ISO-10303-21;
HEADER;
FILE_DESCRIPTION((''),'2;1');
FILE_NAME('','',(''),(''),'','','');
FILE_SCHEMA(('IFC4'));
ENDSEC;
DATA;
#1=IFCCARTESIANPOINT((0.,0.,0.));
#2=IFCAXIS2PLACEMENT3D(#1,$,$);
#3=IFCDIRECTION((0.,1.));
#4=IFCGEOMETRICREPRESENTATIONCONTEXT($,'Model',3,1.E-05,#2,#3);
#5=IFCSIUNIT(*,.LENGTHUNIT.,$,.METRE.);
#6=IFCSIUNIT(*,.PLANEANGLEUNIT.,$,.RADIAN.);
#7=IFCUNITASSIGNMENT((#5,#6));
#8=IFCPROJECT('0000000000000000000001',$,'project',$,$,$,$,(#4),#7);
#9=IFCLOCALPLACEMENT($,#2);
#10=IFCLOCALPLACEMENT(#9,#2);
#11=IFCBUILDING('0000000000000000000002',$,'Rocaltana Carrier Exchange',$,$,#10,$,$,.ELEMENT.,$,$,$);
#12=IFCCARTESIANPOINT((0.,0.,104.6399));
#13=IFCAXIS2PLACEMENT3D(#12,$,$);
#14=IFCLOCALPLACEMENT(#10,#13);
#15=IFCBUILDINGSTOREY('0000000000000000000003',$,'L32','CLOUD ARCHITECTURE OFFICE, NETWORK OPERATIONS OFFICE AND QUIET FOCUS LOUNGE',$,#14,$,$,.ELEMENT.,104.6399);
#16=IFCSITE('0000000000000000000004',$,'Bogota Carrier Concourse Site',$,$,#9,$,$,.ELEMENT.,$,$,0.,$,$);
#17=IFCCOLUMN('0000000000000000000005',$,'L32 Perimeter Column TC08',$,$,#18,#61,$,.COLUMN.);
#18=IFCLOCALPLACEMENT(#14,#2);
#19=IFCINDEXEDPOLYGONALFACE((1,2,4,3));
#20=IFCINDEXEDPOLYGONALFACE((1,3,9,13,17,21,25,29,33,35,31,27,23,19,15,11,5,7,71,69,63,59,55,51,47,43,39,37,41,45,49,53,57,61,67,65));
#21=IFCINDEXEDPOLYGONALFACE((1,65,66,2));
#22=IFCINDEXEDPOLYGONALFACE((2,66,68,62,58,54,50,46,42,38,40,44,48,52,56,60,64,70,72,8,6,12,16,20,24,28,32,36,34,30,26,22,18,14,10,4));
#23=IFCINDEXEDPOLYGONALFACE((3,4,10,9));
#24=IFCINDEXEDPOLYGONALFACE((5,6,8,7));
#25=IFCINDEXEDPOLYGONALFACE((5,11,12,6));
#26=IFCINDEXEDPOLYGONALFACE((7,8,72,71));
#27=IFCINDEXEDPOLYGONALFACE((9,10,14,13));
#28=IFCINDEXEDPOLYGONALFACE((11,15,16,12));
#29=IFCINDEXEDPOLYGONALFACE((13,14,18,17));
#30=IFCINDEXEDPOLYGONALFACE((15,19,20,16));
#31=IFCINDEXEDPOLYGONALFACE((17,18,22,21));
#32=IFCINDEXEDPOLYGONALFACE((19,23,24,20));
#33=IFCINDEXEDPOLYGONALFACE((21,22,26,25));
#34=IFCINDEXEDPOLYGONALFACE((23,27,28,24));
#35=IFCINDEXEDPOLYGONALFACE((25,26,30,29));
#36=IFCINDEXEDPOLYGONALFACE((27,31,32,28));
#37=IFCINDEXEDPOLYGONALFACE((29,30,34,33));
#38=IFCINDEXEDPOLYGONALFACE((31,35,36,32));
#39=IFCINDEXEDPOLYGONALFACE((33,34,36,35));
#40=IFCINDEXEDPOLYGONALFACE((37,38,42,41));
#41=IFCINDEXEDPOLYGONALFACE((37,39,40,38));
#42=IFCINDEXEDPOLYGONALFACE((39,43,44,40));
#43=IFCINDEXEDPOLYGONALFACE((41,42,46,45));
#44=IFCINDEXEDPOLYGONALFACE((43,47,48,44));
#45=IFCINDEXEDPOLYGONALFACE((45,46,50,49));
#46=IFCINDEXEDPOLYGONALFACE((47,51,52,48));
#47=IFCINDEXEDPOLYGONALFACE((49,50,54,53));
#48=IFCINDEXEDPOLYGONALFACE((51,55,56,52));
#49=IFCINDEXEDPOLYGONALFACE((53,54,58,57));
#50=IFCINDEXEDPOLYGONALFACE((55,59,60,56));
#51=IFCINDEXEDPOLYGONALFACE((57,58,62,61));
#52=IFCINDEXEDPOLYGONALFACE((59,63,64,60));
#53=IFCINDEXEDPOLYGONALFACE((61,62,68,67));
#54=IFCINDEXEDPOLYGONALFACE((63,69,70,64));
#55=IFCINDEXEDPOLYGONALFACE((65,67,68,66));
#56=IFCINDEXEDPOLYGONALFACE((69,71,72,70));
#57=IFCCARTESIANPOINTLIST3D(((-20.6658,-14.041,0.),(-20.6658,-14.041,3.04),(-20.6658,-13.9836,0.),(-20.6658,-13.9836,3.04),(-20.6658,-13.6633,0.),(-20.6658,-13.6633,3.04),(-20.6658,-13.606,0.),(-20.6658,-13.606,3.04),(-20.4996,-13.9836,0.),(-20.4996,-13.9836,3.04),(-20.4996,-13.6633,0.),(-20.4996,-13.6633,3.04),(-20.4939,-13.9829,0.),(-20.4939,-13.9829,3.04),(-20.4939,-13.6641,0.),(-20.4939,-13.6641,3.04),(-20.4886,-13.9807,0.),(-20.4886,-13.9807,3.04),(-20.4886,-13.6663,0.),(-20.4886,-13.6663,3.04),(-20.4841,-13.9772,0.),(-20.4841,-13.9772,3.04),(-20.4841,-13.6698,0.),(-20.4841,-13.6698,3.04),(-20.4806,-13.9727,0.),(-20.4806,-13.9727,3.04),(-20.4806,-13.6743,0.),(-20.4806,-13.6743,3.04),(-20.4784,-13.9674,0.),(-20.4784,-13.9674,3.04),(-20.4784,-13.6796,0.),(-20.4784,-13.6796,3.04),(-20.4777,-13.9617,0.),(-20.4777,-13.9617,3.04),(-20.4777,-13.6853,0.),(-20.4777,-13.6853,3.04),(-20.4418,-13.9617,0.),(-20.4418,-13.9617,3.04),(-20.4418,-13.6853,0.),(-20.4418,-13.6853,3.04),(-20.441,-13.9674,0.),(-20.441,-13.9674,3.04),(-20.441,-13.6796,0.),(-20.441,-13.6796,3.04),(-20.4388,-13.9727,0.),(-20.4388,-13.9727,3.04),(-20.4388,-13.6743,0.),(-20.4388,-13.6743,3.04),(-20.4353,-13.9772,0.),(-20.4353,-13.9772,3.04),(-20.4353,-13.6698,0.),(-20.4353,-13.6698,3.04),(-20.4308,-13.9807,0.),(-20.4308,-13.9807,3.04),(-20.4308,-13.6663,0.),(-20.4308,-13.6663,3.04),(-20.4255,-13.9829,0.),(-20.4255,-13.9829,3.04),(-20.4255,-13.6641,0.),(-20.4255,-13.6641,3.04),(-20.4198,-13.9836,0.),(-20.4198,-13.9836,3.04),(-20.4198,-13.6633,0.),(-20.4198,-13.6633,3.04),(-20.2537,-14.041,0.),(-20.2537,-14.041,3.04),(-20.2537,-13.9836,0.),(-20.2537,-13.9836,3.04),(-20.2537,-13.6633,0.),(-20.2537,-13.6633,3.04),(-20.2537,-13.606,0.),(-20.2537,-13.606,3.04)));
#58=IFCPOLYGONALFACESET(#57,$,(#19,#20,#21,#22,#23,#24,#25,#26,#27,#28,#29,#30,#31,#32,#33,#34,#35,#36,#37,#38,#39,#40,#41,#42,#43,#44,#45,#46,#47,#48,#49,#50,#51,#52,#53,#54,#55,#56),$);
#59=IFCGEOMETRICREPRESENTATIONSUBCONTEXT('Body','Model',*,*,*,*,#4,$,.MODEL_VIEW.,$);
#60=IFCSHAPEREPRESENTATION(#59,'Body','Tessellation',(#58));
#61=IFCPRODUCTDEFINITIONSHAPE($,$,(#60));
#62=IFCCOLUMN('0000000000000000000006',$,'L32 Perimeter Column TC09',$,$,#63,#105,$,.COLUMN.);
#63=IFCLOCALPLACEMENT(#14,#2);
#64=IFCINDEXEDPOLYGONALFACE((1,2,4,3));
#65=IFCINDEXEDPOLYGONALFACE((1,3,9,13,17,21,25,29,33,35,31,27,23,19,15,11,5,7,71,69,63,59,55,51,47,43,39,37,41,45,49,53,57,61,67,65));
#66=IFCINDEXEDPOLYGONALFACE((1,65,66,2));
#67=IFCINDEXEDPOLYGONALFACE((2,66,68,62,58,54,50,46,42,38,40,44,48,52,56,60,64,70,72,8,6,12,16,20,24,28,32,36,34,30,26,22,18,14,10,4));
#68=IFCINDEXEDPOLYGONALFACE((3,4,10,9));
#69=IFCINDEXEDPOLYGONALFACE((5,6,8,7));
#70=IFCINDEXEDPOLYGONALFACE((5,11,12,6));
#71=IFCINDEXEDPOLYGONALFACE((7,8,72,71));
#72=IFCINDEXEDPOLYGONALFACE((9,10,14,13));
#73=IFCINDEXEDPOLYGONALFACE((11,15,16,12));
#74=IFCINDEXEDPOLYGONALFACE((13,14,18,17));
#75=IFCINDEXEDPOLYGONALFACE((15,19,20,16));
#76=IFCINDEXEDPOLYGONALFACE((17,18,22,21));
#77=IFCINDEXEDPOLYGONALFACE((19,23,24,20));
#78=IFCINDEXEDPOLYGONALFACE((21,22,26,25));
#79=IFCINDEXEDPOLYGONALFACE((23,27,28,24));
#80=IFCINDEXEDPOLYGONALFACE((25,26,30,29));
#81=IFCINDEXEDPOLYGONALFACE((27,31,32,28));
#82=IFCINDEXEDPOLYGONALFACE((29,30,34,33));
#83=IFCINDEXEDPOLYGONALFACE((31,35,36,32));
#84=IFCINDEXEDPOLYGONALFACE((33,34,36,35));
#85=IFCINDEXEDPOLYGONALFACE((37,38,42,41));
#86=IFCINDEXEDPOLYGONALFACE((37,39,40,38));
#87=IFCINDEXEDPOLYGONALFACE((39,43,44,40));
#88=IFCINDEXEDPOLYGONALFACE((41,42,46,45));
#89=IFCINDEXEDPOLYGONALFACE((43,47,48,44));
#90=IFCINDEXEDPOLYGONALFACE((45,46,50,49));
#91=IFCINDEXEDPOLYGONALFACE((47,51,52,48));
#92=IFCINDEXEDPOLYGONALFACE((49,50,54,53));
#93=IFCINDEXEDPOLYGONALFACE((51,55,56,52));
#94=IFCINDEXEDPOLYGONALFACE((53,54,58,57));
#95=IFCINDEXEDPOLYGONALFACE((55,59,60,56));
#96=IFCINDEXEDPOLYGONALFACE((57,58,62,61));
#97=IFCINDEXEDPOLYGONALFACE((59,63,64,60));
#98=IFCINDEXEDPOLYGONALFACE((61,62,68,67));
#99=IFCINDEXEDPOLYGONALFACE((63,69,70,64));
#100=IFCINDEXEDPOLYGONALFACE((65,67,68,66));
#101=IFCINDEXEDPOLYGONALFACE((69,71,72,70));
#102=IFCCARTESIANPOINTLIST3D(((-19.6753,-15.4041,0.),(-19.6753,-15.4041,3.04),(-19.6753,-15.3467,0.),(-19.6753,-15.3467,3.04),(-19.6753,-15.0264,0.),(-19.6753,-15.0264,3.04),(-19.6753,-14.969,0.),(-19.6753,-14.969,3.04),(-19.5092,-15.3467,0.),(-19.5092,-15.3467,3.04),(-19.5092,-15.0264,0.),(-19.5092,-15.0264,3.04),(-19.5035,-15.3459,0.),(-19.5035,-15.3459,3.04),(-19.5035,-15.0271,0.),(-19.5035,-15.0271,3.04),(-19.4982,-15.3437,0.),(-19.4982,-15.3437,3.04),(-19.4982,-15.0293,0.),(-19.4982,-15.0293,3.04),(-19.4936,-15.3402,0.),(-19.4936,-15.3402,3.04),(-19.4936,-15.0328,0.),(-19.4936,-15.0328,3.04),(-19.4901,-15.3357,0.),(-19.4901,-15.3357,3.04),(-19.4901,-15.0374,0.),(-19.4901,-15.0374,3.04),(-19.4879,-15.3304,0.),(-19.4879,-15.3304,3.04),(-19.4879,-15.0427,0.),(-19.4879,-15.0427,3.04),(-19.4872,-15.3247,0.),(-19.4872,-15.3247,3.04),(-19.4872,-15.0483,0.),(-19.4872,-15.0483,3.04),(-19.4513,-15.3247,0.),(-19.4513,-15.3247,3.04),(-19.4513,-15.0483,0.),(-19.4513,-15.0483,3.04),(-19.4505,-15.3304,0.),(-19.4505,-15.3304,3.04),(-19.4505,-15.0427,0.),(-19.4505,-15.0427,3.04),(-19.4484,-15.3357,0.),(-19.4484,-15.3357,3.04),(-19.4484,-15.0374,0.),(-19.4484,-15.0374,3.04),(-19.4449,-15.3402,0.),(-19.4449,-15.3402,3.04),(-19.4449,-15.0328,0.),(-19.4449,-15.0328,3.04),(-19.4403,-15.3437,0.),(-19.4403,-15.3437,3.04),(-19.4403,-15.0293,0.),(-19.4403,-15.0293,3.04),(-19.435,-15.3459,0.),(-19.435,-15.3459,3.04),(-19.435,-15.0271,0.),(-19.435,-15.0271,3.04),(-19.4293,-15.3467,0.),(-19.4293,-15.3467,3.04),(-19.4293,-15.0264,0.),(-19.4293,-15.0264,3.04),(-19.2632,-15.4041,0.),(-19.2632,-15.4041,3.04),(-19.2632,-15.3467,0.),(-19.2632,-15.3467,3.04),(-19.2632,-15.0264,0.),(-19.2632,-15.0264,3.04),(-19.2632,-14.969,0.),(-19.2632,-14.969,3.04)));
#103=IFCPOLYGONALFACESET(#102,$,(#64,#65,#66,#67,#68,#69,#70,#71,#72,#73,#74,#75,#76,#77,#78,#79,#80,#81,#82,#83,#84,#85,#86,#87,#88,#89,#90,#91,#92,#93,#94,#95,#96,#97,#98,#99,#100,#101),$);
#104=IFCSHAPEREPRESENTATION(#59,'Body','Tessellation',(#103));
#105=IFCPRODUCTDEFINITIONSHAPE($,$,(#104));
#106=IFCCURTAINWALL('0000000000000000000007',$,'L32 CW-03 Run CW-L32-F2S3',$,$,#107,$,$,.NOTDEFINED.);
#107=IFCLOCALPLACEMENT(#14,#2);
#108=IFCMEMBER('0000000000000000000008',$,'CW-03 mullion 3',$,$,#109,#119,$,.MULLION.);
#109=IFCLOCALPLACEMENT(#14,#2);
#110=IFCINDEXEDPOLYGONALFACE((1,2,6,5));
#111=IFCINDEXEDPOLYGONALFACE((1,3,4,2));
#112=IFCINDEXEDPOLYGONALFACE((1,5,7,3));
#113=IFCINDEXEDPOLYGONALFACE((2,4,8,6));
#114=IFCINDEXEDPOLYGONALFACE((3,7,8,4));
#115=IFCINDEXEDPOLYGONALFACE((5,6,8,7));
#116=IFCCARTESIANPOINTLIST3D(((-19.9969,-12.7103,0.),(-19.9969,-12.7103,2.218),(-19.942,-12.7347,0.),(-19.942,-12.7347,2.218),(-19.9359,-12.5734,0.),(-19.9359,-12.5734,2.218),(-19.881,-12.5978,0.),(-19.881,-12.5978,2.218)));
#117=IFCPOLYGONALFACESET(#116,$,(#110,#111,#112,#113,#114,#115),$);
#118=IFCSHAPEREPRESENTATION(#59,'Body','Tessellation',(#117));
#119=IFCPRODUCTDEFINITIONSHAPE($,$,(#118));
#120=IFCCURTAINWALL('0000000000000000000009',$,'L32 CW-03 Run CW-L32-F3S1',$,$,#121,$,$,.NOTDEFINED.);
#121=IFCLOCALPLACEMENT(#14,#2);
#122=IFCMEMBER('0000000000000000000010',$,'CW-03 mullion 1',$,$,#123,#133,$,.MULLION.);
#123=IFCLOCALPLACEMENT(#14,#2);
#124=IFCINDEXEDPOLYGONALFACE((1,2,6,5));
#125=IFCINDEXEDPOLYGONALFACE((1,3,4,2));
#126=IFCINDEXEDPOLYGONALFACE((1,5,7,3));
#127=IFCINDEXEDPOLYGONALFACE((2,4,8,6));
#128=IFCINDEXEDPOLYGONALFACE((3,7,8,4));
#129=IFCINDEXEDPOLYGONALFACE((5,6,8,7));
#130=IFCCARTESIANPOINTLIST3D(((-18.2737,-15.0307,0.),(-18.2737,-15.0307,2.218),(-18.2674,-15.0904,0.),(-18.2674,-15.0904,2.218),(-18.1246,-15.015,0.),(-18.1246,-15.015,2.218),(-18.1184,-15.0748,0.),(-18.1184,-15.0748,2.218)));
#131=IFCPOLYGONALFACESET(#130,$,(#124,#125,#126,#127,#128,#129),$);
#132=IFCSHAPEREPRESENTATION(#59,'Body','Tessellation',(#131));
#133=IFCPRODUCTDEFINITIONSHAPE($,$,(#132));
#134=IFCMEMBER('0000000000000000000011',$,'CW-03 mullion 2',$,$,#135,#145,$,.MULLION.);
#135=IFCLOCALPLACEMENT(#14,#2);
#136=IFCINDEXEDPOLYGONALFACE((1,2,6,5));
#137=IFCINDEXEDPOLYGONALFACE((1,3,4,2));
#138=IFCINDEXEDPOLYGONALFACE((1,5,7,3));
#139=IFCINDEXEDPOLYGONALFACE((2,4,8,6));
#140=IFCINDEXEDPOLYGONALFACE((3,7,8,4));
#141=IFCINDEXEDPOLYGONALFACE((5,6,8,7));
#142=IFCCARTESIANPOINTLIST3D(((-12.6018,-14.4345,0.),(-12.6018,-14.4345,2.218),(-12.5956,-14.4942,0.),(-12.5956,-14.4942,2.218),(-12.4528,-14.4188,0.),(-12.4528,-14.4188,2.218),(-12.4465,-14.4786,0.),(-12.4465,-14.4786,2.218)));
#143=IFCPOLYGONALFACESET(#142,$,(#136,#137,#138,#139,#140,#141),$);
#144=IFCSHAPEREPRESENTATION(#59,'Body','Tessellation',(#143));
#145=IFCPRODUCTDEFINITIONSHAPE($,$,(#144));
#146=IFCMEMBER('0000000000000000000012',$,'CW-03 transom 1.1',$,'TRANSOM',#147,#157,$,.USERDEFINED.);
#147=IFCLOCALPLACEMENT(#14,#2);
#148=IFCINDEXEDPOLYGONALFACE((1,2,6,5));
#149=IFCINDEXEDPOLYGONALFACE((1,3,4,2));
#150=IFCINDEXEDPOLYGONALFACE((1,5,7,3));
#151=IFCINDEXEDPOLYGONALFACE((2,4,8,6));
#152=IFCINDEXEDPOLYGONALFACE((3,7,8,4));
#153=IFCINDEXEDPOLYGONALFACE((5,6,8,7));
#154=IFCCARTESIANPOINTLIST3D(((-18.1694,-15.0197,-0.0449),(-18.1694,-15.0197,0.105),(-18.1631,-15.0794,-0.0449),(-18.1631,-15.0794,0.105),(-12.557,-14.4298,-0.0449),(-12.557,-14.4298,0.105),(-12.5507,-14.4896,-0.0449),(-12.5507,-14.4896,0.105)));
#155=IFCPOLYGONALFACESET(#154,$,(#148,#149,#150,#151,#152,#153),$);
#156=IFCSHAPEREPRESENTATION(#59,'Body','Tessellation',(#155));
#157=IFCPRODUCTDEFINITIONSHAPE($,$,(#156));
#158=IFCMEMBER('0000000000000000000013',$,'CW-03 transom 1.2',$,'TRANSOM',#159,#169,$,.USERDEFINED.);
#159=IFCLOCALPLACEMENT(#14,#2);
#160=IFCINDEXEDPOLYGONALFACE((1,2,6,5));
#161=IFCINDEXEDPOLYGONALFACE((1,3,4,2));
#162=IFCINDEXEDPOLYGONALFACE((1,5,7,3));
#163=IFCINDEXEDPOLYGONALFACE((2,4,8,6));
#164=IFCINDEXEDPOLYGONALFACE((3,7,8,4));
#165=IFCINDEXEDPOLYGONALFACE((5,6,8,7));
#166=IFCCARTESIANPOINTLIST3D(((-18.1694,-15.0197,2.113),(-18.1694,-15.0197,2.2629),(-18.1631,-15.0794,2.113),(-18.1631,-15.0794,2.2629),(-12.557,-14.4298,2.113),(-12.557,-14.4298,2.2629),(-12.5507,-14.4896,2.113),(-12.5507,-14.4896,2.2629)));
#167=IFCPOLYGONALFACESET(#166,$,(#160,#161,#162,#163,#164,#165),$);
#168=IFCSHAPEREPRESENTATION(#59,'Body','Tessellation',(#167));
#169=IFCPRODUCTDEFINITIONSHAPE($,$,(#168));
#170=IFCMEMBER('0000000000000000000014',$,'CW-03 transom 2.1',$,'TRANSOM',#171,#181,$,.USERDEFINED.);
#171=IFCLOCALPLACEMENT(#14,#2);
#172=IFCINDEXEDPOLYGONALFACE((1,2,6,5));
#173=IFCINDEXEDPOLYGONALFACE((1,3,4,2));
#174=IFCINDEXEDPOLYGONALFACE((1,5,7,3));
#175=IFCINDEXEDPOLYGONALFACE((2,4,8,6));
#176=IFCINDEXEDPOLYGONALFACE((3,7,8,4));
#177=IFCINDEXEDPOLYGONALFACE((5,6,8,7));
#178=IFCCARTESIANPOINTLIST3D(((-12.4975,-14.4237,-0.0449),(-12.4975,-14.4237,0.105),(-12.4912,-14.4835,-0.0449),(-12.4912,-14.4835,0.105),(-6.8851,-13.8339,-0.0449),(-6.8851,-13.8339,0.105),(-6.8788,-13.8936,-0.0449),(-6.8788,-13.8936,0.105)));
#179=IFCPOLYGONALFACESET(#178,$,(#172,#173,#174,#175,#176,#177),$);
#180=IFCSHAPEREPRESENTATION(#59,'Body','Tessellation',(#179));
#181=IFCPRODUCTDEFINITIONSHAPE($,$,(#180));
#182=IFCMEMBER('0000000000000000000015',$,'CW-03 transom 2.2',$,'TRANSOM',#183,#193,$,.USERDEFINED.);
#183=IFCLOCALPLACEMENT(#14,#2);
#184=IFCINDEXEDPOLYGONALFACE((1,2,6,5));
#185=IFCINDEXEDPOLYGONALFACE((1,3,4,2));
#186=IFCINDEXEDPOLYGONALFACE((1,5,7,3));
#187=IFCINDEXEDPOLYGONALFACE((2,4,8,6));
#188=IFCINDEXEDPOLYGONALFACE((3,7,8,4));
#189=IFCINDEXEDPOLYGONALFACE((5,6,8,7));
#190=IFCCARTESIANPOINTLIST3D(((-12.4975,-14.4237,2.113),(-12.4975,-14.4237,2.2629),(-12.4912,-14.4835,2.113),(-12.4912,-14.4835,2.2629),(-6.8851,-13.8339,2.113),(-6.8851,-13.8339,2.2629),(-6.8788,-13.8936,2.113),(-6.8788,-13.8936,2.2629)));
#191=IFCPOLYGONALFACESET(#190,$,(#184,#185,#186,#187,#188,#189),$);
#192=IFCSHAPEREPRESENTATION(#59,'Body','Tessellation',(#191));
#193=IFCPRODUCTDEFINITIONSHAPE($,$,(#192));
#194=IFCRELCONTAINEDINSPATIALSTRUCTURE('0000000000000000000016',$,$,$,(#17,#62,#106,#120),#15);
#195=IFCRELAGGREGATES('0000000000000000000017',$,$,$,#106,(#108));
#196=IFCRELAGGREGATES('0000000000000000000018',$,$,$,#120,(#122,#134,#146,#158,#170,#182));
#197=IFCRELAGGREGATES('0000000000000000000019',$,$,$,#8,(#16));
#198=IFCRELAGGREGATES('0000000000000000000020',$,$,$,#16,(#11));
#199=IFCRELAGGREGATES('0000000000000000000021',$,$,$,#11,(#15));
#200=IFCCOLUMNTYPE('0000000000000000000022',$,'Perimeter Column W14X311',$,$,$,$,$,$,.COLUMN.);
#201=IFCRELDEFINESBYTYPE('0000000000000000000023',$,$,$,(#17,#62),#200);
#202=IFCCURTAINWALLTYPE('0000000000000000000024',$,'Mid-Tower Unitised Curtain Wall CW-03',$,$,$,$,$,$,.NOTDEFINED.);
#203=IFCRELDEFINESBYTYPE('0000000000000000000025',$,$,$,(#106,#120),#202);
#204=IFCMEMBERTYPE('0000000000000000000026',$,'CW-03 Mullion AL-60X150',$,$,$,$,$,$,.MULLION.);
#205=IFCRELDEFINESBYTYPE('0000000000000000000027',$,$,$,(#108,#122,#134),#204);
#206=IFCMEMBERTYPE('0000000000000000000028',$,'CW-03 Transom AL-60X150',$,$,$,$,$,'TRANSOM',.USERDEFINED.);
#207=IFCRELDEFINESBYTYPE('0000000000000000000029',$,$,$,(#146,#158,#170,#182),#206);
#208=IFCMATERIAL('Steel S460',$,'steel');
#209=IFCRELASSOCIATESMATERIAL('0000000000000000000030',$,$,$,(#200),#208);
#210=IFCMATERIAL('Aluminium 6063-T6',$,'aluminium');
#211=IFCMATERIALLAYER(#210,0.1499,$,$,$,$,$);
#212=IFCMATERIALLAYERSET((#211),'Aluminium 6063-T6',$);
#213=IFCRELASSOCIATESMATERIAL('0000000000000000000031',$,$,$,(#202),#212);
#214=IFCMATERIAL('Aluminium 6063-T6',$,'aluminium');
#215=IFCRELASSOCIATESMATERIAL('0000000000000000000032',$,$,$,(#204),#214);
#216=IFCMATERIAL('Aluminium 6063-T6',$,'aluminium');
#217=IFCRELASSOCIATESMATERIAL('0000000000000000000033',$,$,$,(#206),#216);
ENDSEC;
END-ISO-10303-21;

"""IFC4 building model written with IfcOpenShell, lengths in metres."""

from ifc_helpers import new_model, si_unit, direction, frame, origin, origin_2d, place, context, subcontext, project, spatial, rectangle, i_section, extrude, material, layer, layer_set, material_profile, profile_set, type_object, element, aggregate, save


model = new_model("IFC4")

# Units and contexts
model_context = context("Model", 3, precision=1e-05, world=origin(), true_north=direction((0.0, 1.0)))
body_context = subcontext(model_context, "Body", "Model", "MODEL_VIEW")
ifc_project = project(units=[si_unit("LENGTHUNIT", "METRE"), si_unit("PLANEANGLEUNIT", "RADIAN")], contexts=[model_context])

# Site, building, storey
site_placement = place(None, origin())
site = spatial("IfcSite", under=ifc_project, at=site_placement, Name="Bogota Carrier Concourse Site", CompositionType="ELEMENT", RefElevation=0.0)
building_placement = place(site_placement, origin())
building = spatial("IfcBuilding", under=site, at=building_placement, Name="Rocaltana Carrier Exchange", CompositionType="ELEMENT")
storey_placement = place(building_placement, frame((0.0, 0.0, 104.6399)))
storey = spatial("IfcBuildingStorey", under=building, at=storey_placement, Name="L32", Description="CLOUD ARCHITECTURE OFFICE, NETWORK OPERATIONS OFFICE AND QUIET FOCUS LOUNGE", CompositionType="ELEMENT", Elevation=104.6399)

# Columns
ifc_material_1 = material(Name="Steel S460", Category="steel")
ifc_material_profile_1 = material_profile(ifc_material_1, i_section(OverallWidth=0.4121, OverallDepth=0.4351, WebThickness=0.0359, FlangeThickness=0.0574, FilletRadius=0.022, at=origin_2d()), Name="W14X311")
ifc_profile_set_1 = profile_set([ifc_material_profile_1], Name="Steel S460")
column_type = type_object("IfcColumnType", Name="Perimeter Column W14X311", PredefinedType="COLUMN", material=ifc_profile_set_1)
for number, where, z_axis, x_axis, name in (
    (1, (-20.4597, -13.8235, 0.0), (0.0, 0.0, 1.0), (1.0, 0.0, 0.0), "L32 Perimeter Column TC08"),
    (2, (-19.4692, -15.1865, 0.0), (0.0, 0.0, 1.0), (1.0, 0.0, 0.0), "L32 Perimeter Column TC09"),
):
    element("IfcColumn", number, at=place(storey_placement, frame(where, z_axis=z_axis, x_axis=x_axis)), inside=storey, type_object=column_type, Name=name, PredefinedType="COLUMN", context=body_context, shape_type="SweptSolid", body=[
        extrude(i_section(OverallWidth=0.4121, OverallDepth=0.4351, WebThickness=0.0359, FlangeThickness=0.0574, FilletRadius=0.022, at=origin_2d()), origin(), (0.0, 0.0, 1.0), 3.04),
    ])

# Curtain wall, member
ifc_material_2 = material(Name="Aluminium 6063-T6", Category="aluminium")
ifc_layer_1 = layer(ifc_material_2, 0.1499)
ifc_layer_set_1 = layer_set([ifc_layer_1], Name="Aluminium 6063-T6")
curtain_wall_type = type_object("IfcCurtainWallType", Name="Mid-Tower Unitised Curtain Wall CW-03", PredefinedType="NOTDEFINED", material=ifc_layer_set_1)
curtain_wall_1_placement = place(storey_placement, origin())
curtain_wall_1 = element("IfcCurtainWall", 3, at=curtain_wall_1_placement, inside=storey, type_object=curtain_wall_type, Name="L32 CW-03 Run CW-L32-F2S3", PredefinedType="NOTDEFINED")
ifc_material_3 = material(Name="Aluminium 6063-T6", Category="aluminium")
ifc_material_profile_2 = material_profile(ifc_material_3, rectangle(XDim=0.0601, YDim=0.1499, at=origin_2d()), Name="AL-60X150")
ifc_profile_set_2 = profile_set([ifc_material_profile_2], Name="Aluminium 6063-T6")
member_type_1 = type_object("IfcMemberType", Name="CW-03 Mullion AL-60X150", PredefinedType="MULLION", material=ifc_profile_set_2)
member_1_placement = place(storey_placement, frame((-19.939, -12.6541, 0.0), z_axis=(0.0, 0.0, 1.0), x_axis=(0.913547, -0.406733, 0.0)))
member_1 = element("IfcMember", 4, at=member_1_placement, type_object=member_type_1, Name="CW-03 mullion 3", PredefinedType="MULLION", context=body_context, shape_type="SweptSolid", body=[
    extrude(rectangle(XDim=0.0601, YDim=0.1499, at=origin_2d()), origin(), (0.0, 0.0, 1.0), 2.218),
])
aggregate(curtain_wall_1, [member_1])

# Curtain wall, members
curtain_wall_2_placement = place(storey_placement, origin())
curtain_wall_2 = element("IfcCurtainWall", 5, at=curtain_wall_2_placement, inside=storey, type_object=curtain_wall_type, Name="L32 CW-03 Run CW-L32-F3S1", PredefinedType="NOTDEFINED")
member_2_placement = place(storey_placement, frame((-18.196, -15.0527, 0.0), z_axis=(0.0, 0.0, 1.0), x_axis=(-0.104522, 0.994523, 0.0)))
member_2 = element("IfcMember", 6, at=member_2_placement, type_object=member_type_1, Name="CW-03 mullion 1", PredefinedType="MULLION", context=body_context, shape_type="SweptSolid", body=[
    extrude(rectangle(XDim=0.0601, YDim=0.1499, at=origin_2d()), origin(), (0.0, 0.0, 1.0), 2.218),
])
member_3_placement = place(storey_placement, frame((-12.5242, -14.4565, 0.0), z_axis=(0.0, 0.0, 1.0), x_axis=(-0.104522, 0.994523, 0.0)))
member_3 = element("IfcMember", 7, at=member_3_placement, type_object=member_type_1, Name="CW-03 mullion 2", PredefinedType="MULLION", context=body_context, shape_type="SweptSolid", body=[
    extrude(rectangle(XDim=0.0601, YDim=0.1499, at=origin_2d()), origin(), (0.0, 0.0, 1.0), 2.218),
])
ifc_material_4 = material(Name="Aluminium 6063-T6", Category="aluminium")
ifc_material_profile_3 = material_profile(ifc_material_4, rectangle(XDim=0.0601, YDim=0.1499, at=origin_2d()), Name="AL-60X150")
ifc_profile_set_3 = profile_set([ifc_material_profile_3], Name="Aluminium 6063-T6")
member_type_2 = type_object("IfcMemberType", Name="CW-03 Transom AL-60X150", ElementType="TRANSOM", PredefinedType="USERDEFINED", material=ifc_profile_set_3)
member_4_placement = place(storey_placement, frame((-18.1663, -15.0496, 0.03), z_axis=(0.994523, 0.104523, 0.0), x_axis=(-0.104523, 0.994523, 0.0)))
member_4 = element("IfcMember", 8, at=member_4_placement, type_object=member_type_2, Name="CW-03 transom 1.1", ObjectType="TRANSOM", PredefinedType="USERDEFINED", context=body_context, shape_type="SweptSolid", body=[
    extrude(rectangle(XDim=0.0601, YDim=0.1499, at=origin_2d()), origin(), (0.0, 0.0, 1.0), 5.6433),
])
member_5_placement = place(storey_placement, frame((-18.1663, -15.0496, 2.188), z_axis=(0.994523, 0.104523, 0.0), x_axis=(-0.104523, 0.994523, 0.0)))
member_5 = element("IfcMember", 9, at=member_5_placement, type_object=member_type_2, Name="CW-03 transom 1.2", ObjectType="TRANSOM", PredefinedType="USERDEFINED", context=body_context, shape_type="SweptSolid", body=[
    extrude(rectangle(XDim=0.0601, YDim=0.1499, at=origin_2d()), origin(), (0.0, 0.0, 1.0), 5.6433),
])
member_6_placement = place(storey_placement, frame((-12.4944, -14.4536, 0.03), z_axis=(0.994523, 0.104523, 0.0), x_axis=(-0.104523, 0.994523, 0.0)))
member_6 = element("IfcMember", 10, at=member_6_placement, type_object=member_type_2, Name="CW-03 transom 2.1", ObjectType="TRANSOM", PredefinedType="USERDEFINED", context=body_context, shape_type="SweptSolid", body=[
    extrude(rectangle(XDim=0.0601, YDim=0.1499, at=origin_2d()), origin(), (0.0, 0.0, 1.0), 5.6433),
])
member_7_placement = place(storey_placement, frame((-12.4944, -14.4536, 2.188), z_axis=(0.994523, 0.104523, 0.0), x_axis=(-0.104523, 0.994523, 0.0)))
member_7 = element("IfcMember", 11, at=member_7_placement, type_object=member_type_2, Name="CW-03 transom 2.2", ObjectType="TRANSOM", PredefinedType="USERDEFINED", context=body_context, shape_type="SweptSolid", body=[
    extrude(rectangle(XDim=0.0601, YDim=0.1499, at=origin_2d()), origin(), (0.0, 0.0, 1.0), 5.6433),
])

aggregate(curtain_wall_2, [member_2, member_3, member_4, member_5, member_6, member_7])

save(model, "model.ifc")
